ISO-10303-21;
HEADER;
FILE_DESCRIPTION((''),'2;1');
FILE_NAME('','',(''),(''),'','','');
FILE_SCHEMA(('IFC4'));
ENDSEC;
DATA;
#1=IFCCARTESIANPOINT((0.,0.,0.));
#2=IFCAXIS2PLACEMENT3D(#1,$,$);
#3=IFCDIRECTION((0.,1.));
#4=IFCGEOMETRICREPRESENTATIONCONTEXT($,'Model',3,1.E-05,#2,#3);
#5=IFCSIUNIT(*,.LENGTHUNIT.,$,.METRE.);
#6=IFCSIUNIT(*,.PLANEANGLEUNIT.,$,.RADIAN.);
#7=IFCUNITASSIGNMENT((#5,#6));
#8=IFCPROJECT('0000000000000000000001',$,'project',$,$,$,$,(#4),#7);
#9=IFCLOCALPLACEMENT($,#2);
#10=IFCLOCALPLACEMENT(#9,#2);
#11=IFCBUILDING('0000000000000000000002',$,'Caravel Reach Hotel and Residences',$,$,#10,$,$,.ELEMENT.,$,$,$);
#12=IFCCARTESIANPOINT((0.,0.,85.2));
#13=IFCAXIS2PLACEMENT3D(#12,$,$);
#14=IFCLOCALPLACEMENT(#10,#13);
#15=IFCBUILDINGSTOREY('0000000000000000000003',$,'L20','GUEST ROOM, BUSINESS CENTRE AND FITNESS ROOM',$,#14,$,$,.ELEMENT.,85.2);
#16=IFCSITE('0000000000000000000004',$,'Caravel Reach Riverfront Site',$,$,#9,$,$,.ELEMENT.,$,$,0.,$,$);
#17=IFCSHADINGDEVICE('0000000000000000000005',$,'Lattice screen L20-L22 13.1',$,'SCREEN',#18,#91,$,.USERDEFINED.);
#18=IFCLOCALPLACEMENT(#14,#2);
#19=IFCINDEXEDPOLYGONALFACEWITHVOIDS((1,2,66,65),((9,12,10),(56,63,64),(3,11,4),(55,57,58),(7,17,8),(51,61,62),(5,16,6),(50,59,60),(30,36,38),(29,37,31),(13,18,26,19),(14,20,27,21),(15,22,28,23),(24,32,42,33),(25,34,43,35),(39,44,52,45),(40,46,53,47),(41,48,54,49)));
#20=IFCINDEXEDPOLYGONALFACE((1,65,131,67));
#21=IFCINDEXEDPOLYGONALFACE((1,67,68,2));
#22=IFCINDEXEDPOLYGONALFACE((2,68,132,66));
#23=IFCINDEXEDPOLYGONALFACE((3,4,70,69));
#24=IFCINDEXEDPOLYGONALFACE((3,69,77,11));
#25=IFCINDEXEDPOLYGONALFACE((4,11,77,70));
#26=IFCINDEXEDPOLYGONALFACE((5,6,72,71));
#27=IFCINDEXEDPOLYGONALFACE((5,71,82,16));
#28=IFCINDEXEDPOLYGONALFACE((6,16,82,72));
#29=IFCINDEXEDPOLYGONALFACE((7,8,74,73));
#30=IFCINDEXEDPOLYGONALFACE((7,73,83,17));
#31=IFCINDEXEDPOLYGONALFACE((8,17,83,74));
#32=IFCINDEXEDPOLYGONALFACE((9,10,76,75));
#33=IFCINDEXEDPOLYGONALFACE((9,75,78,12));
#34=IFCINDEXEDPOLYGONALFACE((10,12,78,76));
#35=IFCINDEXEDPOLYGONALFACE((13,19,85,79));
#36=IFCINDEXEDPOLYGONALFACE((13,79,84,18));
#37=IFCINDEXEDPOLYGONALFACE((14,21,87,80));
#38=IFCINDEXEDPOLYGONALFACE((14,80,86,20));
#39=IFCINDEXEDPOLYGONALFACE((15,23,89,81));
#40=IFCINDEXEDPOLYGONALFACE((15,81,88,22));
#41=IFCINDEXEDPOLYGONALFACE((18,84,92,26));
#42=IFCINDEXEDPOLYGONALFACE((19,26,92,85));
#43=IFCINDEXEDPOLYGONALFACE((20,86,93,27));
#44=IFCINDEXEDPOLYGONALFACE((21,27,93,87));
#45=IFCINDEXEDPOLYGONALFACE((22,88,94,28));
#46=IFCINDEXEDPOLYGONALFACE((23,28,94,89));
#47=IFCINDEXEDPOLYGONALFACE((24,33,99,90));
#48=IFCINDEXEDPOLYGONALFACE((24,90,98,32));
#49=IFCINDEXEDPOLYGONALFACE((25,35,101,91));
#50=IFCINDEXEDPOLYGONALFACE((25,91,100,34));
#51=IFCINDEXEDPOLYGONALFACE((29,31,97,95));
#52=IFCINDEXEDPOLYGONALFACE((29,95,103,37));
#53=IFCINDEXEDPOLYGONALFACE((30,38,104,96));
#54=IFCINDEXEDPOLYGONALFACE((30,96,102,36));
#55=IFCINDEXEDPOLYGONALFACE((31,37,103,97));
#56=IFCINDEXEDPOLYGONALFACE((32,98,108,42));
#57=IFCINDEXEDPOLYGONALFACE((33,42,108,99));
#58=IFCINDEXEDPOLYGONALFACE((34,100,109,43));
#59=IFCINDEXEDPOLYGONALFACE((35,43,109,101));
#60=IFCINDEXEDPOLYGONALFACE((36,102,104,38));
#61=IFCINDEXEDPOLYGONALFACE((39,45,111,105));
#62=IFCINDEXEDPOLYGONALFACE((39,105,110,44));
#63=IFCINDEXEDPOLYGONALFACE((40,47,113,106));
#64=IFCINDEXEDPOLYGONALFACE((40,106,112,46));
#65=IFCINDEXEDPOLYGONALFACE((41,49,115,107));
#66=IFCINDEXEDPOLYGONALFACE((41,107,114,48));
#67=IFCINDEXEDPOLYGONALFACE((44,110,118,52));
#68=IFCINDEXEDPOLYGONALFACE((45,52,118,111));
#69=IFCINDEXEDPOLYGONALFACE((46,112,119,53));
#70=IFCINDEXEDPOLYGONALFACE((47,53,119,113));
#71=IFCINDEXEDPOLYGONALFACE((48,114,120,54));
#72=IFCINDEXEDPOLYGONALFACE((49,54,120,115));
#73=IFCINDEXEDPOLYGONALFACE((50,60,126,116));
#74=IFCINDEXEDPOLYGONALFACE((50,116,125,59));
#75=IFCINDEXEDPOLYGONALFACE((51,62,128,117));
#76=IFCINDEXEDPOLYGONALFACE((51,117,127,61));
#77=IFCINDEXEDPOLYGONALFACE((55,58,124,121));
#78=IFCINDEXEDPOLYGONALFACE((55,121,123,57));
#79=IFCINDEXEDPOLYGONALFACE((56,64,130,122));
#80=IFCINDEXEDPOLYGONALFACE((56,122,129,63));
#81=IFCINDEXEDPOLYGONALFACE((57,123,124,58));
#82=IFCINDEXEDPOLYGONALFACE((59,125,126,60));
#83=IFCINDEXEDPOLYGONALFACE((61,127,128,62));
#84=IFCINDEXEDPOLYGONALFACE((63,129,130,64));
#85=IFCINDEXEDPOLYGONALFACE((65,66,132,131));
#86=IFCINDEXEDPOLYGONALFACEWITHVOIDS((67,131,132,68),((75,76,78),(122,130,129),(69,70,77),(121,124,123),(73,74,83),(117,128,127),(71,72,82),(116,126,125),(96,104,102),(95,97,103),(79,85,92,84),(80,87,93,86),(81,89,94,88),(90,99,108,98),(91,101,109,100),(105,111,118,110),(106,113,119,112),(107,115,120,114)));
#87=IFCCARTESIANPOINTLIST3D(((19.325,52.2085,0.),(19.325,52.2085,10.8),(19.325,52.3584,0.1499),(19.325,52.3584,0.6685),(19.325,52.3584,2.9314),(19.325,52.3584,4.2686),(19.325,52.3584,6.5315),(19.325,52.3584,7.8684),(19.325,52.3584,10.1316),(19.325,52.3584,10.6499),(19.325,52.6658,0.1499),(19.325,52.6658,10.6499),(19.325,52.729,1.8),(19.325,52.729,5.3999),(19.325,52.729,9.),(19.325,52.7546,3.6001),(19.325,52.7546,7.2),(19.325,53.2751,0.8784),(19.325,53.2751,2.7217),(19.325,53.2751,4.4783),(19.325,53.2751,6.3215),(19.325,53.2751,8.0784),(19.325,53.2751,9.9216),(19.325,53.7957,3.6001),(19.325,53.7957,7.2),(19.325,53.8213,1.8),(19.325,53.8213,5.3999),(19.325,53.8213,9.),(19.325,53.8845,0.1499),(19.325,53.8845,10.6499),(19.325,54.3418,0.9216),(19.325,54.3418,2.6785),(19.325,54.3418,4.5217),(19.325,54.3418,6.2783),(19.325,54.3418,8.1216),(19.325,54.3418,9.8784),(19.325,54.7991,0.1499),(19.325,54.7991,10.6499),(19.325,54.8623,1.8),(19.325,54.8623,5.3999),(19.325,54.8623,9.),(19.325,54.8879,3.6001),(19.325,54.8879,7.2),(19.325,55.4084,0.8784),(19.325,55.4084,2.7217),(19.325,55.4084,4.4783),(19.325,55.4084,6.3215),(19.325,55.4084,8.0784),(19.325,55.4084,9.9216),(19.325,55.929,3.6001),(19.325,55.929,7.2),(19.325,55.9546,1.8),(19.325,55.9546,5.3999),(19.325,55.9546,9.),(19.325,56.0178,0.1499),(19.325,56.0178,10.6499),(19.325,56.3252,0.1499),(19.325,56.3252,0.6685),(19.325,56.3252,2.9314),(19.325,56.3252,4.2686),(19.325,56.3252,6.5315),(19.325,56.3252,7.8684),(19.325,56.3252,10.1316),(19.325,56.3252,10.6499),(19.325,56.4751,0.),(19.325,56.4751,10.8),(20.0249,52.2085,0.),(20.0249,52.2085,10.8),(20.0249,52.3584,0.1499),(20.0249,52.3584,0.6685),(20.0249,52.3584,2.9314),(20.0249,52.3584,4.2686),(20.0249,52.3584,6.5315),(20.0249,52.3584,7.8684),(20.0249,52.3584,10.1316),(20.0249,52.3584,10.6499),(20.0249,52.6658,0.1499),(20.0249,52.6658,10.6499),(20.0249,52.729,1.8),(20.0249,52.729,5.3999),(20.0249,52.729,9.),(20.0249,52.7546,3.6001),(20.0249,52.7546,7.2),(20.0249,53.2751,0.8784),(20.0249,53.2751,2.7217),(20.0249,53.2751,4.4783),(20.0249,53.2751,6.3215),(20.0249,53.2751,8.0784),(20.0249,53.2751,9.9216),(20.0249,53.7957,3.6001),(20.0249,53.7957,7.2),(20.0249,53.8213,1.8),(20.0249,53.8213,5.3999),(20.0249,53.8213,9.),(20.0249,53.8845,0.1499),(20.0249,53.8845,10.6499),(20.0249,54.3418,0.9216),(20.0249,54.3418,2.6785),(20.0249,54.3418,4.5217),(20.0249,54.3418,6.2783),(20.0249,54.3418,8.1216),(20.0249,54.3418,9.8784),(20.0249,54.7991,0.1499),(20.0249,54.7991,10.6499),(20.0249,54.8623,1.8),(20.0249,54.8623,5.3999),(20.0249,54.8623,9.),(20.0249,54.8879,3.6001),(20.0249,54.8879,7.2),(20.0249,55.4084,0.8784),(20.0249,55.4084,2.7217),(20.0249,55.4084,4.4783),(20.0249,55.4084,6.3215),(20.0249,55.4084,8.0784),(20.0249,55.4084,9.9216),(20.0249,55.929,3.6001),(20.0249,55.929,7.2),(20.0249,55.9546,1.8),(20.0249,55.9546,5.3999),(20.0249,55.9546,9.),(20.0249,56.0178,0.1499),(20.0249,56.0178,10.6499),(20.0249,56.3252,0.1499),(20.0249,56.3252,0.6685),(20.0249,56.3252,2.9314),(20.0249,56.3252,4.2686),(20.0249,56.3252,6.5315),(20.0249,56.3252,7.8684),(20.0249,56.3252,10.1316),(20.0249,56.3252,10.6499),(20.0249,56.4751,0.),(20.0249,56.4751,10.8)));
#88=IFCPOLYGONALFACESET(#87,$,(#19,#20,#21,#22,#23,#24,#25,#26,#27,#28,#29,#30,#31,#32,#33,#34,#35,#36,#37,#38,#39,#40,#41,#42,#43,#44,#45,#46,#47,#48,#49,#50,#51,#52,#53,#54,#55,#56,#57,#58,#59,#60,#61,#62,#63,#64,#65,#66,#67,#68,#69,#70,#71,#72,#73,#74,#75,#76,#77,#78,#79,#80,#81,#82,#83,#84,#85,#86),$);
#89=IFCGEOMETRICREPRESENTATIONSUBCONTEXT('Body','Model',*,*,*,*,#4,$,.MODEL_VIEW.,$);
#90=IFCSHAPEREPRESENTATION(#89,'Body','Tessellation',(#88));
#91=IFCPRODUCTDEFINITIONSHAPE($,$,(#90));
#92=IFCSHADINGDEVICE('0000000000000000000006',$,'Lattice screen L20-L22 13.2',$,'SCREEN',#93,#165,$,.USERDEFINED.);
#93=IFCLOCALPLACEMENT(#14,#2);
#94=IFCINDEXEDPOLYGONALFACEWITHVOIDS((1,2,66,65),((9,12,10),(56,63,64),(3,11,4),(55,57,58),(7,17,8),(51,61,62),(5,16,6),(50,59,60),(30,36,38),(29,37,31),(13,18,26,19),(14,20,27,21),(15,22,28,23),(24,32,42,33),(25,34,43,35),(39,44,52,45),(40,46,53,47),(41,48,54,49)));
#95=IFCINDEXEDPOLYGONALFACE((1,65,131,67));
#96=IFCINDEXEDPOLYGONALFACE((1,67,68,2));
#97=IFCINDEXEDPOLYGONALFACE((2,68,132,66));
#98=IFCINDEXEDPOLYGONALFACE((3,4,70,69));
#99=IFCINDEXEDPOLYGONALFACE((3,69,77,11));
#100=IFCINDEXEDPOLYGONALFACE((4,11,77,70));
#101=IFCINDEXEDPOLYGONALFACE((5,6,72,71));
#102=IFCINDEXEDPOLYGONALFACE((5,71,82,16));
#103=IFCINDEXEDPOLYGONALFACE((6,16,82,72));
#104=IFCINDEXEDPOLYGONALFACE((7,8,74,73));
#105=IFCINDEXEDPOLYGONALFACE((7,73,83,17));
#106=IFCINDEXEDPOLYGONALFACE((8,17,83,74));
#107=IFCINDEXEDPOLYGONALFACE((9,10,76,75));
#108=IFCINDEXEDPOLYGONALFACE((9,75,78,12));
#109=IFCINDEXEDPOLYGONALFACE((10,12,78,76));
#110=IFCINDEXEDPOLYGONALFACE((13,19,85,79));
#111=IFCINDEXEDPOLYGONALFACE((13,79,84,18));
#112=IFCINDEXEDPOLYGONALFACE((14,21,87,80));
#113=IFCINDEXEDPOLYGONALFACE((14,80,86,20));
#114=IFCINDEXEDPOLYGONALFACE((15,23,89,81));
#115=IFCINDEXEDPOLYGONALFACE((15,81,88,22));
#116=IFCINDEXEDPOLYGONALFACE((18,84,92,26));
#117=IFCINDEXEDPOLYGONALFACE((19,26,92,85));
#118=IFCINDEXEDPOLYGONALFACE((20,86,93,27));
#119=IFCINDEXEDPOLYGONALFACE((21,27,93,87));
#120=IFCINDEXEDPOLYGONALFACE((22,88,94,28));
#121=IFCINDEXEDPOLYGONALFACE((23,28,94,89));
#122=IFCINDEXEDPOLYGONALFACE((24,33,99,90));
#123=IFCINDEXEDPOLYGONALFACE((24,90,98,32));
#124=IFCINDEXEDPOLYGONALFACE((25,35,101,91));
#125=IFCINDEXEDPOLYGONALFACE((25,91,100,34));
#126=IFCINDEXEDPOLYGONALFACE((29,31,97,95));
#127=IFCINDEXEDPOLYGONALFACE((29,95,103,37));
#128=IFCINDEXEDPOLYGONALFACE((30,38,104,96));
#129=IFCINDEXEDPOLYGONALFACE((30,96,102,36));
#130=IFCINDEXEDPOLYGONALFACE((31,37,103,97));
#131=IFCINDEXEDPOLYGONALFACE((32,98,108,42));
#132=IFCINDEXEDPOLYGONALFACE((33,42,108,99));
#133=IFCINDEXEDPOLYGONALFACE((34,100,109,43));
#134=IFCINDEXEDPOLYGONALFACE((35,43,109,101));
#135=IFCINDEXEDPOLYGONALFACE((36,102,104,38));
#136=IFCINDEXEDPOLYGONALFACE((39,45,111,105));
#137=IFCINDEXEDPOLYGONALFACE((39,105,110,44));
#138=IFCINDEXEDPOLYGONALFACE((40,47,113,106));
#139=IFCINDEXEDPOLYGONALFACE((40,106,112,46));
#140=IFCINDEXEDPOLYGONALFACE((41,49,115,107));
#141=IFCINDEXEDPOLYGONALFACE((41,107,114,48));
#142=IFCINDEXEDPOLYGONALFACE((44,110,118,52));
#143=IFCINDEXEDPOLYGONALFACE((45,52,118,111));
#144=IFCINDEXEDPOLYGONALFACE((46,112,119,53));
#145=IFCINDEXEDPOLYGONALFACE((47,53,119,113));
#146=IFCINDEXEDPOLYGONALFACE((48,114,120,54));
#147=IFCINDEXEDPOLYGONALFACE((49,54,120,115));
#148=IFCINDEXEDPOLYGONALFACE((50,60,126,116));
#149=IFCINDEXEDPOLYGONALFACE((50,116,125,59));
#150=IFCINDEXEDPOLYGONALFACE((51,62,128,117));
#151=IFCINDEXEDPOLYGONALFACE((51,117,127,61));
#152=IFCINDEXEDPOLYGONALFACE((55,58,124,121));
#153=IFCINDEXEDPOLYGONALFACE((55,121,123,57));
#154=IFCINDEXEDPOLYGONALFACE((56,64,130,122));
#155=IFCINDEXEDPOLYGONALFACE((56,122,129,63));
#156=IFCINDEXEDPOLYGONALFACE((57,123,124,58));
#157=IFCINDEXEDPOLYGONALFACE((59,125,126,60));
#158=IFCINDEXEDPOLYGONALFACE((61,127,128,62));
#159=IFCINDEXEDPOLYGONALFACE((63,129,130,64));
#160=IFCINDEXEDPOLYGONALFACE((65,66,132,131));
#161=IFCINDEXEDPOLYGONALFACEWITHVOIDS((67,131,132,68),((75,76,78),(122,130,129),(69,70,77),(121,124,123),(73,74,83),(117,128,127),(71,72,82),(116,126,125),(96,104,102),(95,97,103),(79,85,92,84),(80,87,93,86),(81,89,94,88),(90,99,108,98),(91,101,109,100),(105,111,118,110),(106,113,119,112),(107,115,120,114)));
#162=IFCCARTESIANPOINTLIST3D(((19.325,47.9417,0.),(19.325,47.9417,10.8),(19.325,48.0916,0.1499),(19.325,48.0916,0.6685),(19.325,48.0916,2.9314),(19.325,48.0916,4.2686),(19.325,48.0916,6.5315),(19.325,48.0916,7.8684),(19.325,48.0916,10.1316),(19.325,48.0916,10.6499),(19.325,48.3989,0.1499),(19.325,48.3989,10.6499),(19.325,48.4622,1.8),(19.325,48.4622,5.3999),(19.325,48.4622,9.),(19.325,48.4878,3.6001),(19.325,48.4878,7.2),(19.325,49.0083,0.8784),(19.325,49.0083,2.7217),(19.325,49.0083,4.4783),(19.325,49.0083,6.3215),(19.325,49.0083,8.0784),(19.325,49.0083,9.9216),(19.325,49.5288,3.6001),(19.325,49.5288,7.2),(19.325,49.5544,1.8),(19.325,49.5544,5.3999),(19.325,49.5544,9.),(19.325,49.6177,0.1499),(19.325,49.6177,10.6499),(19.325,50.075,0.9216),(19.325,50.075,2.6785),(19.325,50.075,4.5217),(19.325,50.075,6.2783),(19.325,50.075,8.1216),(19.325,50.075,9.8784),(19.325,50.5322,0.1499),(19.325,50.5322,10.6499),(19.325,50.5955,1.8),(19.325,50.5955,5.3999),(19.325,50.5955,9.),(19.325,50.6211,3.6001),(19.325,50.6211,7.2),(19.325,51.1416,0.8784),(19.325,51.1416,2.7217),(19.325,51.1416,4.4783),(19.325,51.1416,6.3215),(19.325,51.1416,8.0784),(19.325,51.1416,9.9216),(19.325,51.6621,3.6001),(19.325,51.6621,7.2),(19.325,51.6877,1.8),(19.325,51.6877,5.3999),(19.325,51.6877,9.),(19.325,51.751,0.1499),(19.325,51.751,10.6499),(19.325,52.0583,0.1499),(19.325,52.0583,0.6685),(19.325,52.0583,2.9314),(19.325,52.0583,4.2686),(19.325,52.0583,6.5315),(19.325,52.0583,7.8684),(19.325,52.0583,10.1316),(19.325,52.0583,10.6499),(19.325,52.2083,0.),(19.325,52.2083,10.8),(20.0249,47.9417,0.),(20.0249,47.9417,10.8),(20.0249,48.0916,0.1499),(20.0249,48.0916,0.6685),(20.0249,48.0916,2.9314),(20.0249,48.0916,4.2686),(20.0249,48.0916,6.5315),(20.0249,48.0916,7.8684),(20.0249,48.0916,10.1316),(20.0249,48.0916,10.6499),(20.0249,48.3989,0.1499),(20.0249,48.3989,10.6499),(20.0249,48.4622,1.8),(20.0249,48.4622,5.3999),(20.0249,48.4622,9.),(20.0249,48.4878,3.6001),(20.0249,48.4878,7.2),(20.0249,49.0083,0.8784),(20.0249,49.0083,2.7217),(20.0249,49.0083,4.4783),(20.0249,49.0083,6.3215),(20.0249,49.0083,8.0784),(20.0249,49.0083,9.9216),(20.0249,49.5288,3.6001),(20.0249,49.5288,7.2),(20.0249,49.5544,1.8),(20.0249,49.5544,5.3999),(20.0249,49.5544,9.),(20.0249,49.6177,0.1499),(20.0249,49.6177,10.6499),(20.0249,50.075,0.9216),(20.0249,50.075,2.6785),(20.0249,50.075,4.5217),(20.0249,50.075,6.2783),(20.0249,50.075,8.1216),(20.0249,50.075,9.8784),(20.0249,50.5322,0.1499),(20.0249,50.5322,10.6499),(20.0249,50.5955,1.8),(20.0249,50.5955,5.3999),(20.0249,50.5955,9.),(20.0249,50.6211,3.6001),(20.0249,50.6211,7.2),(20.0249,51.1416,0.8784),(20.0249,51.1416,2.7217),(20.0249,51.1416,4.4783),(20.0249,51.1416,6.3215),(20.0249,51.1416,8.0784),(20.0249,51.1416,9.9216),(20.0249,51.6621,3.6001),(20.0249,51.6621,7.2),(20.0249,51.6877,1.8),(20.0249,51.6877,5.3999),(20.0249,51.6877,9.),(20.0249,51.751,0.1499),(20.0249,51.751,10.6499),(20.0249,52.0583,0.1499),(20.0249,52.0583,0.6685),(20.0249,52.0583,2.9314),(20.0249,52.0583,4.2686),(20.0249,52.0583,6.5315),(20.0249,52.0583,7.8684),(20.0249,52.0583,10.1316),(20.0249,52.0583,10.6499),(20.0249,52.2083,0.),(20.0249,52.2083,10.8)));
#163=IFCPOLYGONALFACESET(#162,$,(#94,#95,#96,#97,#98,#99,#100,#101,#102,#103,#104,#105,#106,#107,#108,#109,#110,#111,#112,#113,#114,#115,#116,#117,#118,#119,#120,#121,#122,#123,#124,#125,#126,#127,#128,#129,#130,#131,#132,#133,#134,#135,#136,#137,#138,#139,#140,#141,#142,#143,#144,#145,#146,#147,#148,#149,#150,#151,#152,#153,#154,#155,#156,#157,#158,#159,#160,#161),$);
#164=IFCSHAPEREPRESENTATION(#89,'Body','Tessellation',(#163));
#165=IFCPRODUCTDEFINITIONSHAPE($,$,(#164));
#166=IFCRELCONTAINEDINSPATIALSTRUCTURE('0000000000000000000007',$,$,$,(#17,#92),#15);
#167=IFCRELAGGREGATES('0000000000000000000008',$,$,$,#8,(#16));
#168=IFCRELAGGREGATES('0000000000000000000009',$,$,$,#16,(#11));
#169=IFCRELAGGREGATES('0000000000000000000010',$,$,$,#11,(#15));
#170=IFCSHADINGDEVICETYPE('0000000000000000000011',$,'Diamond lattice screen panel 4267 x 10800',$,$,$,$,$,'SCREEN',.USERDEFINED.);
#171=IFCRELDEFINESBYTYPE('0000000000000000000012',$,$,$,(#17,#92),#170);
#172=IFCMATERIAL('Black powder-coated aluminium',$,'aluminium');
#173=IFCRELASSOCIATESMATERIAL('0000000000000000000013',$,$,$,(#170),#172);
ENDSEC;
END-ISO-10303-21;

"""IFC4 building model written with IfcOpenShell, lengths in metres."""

from ifc_helpers import new_model, si_unit, direction, frame, origin, place, context, subcontext, project, spatial, polyline, outline, extrude, material, type_object, element, save


model = new_model("IFC4")

# Units and contexts
model_context = context("Model", 3, precision=1e-05, world=origin(), true_north=direction((0.0, 1.0)))
body_context = subcontext(model_context, "Body", "Model", "MODEL_VIEW")
ifc_project = project(units=[si_unit("LENGTHUNIT", "METRE"), si_unit("PLANEANGLEUNIT", "RADIAN")], contexts=[model_context])

# Site, building, storey
site_placement = place(None, origin())
site = spatial("IfcSite", under=ifc_project, at=site_placement, Name="Caravel Reach Riverfront Site", CompositionType="ELEMENT", RefElevation=0.0)
building_placement = place(site_placement, origin())
building = spatial("IfcBuilding", under=site, at=building_placement, Name="Caravel Reach Hotel and Residences", CompositionType="ELEMENT")
storey_placement = place(building_placement, frame((0.0, 0.0, 85.2)))
storey = spatial("IfcBuildingStorey", under=building, at=storey_placement, Name="L20", Description="GUEST ROOM, BUSINESS CENTRE AND FITNESS ROOM", CompositionType="ELEMENT", Elevation=85.2)

# Shading devices
ifc_material_1 = material(Name="Black powder-coated aluminium", Category="aluminium")
shading_device_type_1 = type_object("IfcShadingDeviceType", Name="Diamond lattice screen panel 4267 x 10800", ElementType="SCREEN", PredefinedType="USERDEFINED", material=ifc_material_1)
shading_device_1_placement = place(storey_placement, frame((20.0249, 56.4751, 0.0), z_axis=(-1.0, 0.0, 0.0), x_axis=(0.0, -1.0, 0.0)))
element("IfcShadingDevice", 1, at=shading_device_1_placement, inside=storey, type_object=shading_device_type_1, Name="Lattice screen L20-L22 13.1", ObjectType="SCREEN", PredefinedType="USERDEFINED", context=body_context, shape_type="SweptSolid", body=[
    extrude(outline(polyline([(0.0, 0.0), (4.2666, 0.0), (4.2666, 10.8), (0.0, 10.8), (0.0, 0.0)]), holes=[polyline([(0.4573, 0.1499), (0.1499, 0.6685), (0.1499, 0.1499), (0.4573, 0.1499)]), polyline([(0.5461, 3.6001), (0.1499, 4.2686), (0.1499, 2.9314), (0.5461, 3.6001)]), polyline([(0.5461, 7.2), (0.1499, 7.8684), (0.1499, 6.5315), (0.5461, 7.2)]), polyline([(0.1499, 10.1316), (0.4573, 10.6499), (0.1499, 10.6499), (0.1499, 10.1316)]), polyline([(1.0667, 2.7217), (0.5205, 1.8), (1.0667, 0.8784), (1.6128, 1.8), (1.0667, 2.7217)]), polyline([(1.0667, 6.3215), (0.5205, 5.3999), (1.0667, 4.4783), (1.6128, 5.3999), (1.0667, 6.3215)]), polyline([(1.0667, 9.9216), (0.5205, 9.0), (1.0667, 8.0784), (1.6128, 9.0), (1.0667, 9.9216)]), polyline([(2.1333, 0.9216), (1.676, 0.1499), (2.5906, 0.1499), (2.1333, 0.9216)]), polyline([(2.1333, 4.5217), (1.5872, 3.6001), (2.1333, 2.6785), (2.6794, 3.6001), (2.1333, 4.5217)]), polyline([(2.1333, 8.1216), (1.5872, 7.2), (2.1333, 6.2783), (2.6794, 7.2), (2.1333, 8.1216)]), polyline([(2.1333, 9.8784), (2.5906, 10.6499), (1.676, 10.6499), (2.1333, 9.8784)]), polyline([(3.2, 2.7217), (2.6538, 1.8), (3.2, 0.8784), (3.7461, 1.8), (3.2, 2.7217)]), polyline([(3.2, 6.3215), (2.6538, 5.3999), (3.2, 4.4783), (3.7461, 5.3999), (3.2, 6.3215)]), polyline([(3.2, 9.9216), (2.6538, 9.0), (3.2, 8.0784), (3.7461, 9.0), (3.2, 9.9216)]), polyline([(4.1167, 0.6685), (3.8093, 0.1499), (4.1167, 0.1499), (4.1167, 0.6685)]), polyline([(3.7205, 3.6001), (4.1167, 2.9314), (4.1167, 4.2686), (3.7205, 3.6001)]), polyline([(3.7205, 7.2), (4.1167, 6.5315), (4.1167, 7.8684), (3.7205, 7.2)]), polyline([(3.8093, 10.6499), (4.1167, 10.1316), (4.1167, 10.6499), (3.8093, 10.6499)])]), origin(), (0.0, 0.0, 1.0), 0.7),
])
shading_device_2_placement = place(storey_placement, frame((20.0249, 52.2083, 0.0), z_axis=(-1.0, 0.0, 0.0), x_axis=(0.0, -1.0, 0.0)))
element("IfcShadingDevice", 2, at=shading_device_2_placement, inside=storey, type_object=shading_device_type_1, Name="Lattice screen L20-L22 13.2", ObjectType="SCREEN", PredefinedType="USERDEFINED", context=body_context, shape_type="SweptSolid", body=[
    extrude(outline(polyline([(0.0, 0.0), (4.2666, 0.0), (4.2666, 10.8), (0.0, 10.8), (0.0, 0.0)]), holes=[polyline([(0.4573, 0.1499), (0.1499, 0.6685), (0.1499, 0.1499), (0.4573, 0.1499)]), polyline([(0.5461, 3.6001), (0.1499, 4.2686), (0.1499, 2.9314), (0.5461, 3.6001)]), polyline([(0.5461, 7.2), (0.1499, 7.8684), (0.1499, 6.5315), (0.5461, 7.2)]), polyline([(0.1499, 10.1316), (0.4573, 10.6499), (0.1499, 10.6499), (0.1499, 10.1316)]), polyline([(1.0667, 2.7217), (0.5205, 1.8), (1.0667, 0.8784), (1.6128, 1.8), (1.0667, 2.7217)]), polyline([(1.0667, 6.3215), (0.5205, 5.3999), (1.0667, 4.4783), (1.6128, 5.3999), (1.0667, 6.3215)]), polyline([(1.0667, 9.9216), (0.5205, 9.0), (1.0667, 8.0784), (1.6128, 9.0), (1.0667, 9.9216)]), polyline([(2.1333, 0.9216), (1.676, 0.1499), (2.5906, 0.1499), (2.1333, 0.9216)]), polyline([(2.1333, 4.5217), (1.5872, 3.6001), (2.1333, 2.6785), (2.6794, 3.6001), (2.1333, 4.5217)]), polyline([(2.1333, 8.1216), (1.5872, 7.2), (2.1333, 6.2783), (2.6794, 7.2), (2.1333, 8.1216)]), polyline([(2.1333, 9.8784), (2.5906, 10.6499), (1.676, 10.6499), (2.1333, 9.8784)]), polyline([(3.2, 2.7217), (2.6538, 1.8), (3.2, 0.8784), (3.7461, 1.8), (3.2, 2.7217)]), polyline([(3.2, 6.3215), (2.6538, 5.3999), (3.2, 4.4783), (3.7461, 5.3999), (3.2, 6.3215)]), polyline([(3.2, 9.9216), (2.6538, 9.0), (3.2, 8.0784), (3.7461, 9.0), (3.2, 9.9216)]), polyline([(4.1167, 0.6685), (3.8093, 0.1499), (4.1167, 0.1499), (4.1167, 0.6685)]), polyline([(3.7205, 3.6001), (4.1167, 2.9314), (4.1167, 4.2686), (3.7205, 3.6001)]), polyline([(3.7205, 7.2), (4.1167, 6.5315), (4.1167, 7.8684), (3.7205, 7.2)]), polyline([(3.8093, 10.6499), (4.1167, 10.1316), (4.1167, 10.6499), (3.8093, 10.6499)])]), origin(), (0.0, 0.0, 1.0), 0.7),
])

save(model, "model.ifc")
